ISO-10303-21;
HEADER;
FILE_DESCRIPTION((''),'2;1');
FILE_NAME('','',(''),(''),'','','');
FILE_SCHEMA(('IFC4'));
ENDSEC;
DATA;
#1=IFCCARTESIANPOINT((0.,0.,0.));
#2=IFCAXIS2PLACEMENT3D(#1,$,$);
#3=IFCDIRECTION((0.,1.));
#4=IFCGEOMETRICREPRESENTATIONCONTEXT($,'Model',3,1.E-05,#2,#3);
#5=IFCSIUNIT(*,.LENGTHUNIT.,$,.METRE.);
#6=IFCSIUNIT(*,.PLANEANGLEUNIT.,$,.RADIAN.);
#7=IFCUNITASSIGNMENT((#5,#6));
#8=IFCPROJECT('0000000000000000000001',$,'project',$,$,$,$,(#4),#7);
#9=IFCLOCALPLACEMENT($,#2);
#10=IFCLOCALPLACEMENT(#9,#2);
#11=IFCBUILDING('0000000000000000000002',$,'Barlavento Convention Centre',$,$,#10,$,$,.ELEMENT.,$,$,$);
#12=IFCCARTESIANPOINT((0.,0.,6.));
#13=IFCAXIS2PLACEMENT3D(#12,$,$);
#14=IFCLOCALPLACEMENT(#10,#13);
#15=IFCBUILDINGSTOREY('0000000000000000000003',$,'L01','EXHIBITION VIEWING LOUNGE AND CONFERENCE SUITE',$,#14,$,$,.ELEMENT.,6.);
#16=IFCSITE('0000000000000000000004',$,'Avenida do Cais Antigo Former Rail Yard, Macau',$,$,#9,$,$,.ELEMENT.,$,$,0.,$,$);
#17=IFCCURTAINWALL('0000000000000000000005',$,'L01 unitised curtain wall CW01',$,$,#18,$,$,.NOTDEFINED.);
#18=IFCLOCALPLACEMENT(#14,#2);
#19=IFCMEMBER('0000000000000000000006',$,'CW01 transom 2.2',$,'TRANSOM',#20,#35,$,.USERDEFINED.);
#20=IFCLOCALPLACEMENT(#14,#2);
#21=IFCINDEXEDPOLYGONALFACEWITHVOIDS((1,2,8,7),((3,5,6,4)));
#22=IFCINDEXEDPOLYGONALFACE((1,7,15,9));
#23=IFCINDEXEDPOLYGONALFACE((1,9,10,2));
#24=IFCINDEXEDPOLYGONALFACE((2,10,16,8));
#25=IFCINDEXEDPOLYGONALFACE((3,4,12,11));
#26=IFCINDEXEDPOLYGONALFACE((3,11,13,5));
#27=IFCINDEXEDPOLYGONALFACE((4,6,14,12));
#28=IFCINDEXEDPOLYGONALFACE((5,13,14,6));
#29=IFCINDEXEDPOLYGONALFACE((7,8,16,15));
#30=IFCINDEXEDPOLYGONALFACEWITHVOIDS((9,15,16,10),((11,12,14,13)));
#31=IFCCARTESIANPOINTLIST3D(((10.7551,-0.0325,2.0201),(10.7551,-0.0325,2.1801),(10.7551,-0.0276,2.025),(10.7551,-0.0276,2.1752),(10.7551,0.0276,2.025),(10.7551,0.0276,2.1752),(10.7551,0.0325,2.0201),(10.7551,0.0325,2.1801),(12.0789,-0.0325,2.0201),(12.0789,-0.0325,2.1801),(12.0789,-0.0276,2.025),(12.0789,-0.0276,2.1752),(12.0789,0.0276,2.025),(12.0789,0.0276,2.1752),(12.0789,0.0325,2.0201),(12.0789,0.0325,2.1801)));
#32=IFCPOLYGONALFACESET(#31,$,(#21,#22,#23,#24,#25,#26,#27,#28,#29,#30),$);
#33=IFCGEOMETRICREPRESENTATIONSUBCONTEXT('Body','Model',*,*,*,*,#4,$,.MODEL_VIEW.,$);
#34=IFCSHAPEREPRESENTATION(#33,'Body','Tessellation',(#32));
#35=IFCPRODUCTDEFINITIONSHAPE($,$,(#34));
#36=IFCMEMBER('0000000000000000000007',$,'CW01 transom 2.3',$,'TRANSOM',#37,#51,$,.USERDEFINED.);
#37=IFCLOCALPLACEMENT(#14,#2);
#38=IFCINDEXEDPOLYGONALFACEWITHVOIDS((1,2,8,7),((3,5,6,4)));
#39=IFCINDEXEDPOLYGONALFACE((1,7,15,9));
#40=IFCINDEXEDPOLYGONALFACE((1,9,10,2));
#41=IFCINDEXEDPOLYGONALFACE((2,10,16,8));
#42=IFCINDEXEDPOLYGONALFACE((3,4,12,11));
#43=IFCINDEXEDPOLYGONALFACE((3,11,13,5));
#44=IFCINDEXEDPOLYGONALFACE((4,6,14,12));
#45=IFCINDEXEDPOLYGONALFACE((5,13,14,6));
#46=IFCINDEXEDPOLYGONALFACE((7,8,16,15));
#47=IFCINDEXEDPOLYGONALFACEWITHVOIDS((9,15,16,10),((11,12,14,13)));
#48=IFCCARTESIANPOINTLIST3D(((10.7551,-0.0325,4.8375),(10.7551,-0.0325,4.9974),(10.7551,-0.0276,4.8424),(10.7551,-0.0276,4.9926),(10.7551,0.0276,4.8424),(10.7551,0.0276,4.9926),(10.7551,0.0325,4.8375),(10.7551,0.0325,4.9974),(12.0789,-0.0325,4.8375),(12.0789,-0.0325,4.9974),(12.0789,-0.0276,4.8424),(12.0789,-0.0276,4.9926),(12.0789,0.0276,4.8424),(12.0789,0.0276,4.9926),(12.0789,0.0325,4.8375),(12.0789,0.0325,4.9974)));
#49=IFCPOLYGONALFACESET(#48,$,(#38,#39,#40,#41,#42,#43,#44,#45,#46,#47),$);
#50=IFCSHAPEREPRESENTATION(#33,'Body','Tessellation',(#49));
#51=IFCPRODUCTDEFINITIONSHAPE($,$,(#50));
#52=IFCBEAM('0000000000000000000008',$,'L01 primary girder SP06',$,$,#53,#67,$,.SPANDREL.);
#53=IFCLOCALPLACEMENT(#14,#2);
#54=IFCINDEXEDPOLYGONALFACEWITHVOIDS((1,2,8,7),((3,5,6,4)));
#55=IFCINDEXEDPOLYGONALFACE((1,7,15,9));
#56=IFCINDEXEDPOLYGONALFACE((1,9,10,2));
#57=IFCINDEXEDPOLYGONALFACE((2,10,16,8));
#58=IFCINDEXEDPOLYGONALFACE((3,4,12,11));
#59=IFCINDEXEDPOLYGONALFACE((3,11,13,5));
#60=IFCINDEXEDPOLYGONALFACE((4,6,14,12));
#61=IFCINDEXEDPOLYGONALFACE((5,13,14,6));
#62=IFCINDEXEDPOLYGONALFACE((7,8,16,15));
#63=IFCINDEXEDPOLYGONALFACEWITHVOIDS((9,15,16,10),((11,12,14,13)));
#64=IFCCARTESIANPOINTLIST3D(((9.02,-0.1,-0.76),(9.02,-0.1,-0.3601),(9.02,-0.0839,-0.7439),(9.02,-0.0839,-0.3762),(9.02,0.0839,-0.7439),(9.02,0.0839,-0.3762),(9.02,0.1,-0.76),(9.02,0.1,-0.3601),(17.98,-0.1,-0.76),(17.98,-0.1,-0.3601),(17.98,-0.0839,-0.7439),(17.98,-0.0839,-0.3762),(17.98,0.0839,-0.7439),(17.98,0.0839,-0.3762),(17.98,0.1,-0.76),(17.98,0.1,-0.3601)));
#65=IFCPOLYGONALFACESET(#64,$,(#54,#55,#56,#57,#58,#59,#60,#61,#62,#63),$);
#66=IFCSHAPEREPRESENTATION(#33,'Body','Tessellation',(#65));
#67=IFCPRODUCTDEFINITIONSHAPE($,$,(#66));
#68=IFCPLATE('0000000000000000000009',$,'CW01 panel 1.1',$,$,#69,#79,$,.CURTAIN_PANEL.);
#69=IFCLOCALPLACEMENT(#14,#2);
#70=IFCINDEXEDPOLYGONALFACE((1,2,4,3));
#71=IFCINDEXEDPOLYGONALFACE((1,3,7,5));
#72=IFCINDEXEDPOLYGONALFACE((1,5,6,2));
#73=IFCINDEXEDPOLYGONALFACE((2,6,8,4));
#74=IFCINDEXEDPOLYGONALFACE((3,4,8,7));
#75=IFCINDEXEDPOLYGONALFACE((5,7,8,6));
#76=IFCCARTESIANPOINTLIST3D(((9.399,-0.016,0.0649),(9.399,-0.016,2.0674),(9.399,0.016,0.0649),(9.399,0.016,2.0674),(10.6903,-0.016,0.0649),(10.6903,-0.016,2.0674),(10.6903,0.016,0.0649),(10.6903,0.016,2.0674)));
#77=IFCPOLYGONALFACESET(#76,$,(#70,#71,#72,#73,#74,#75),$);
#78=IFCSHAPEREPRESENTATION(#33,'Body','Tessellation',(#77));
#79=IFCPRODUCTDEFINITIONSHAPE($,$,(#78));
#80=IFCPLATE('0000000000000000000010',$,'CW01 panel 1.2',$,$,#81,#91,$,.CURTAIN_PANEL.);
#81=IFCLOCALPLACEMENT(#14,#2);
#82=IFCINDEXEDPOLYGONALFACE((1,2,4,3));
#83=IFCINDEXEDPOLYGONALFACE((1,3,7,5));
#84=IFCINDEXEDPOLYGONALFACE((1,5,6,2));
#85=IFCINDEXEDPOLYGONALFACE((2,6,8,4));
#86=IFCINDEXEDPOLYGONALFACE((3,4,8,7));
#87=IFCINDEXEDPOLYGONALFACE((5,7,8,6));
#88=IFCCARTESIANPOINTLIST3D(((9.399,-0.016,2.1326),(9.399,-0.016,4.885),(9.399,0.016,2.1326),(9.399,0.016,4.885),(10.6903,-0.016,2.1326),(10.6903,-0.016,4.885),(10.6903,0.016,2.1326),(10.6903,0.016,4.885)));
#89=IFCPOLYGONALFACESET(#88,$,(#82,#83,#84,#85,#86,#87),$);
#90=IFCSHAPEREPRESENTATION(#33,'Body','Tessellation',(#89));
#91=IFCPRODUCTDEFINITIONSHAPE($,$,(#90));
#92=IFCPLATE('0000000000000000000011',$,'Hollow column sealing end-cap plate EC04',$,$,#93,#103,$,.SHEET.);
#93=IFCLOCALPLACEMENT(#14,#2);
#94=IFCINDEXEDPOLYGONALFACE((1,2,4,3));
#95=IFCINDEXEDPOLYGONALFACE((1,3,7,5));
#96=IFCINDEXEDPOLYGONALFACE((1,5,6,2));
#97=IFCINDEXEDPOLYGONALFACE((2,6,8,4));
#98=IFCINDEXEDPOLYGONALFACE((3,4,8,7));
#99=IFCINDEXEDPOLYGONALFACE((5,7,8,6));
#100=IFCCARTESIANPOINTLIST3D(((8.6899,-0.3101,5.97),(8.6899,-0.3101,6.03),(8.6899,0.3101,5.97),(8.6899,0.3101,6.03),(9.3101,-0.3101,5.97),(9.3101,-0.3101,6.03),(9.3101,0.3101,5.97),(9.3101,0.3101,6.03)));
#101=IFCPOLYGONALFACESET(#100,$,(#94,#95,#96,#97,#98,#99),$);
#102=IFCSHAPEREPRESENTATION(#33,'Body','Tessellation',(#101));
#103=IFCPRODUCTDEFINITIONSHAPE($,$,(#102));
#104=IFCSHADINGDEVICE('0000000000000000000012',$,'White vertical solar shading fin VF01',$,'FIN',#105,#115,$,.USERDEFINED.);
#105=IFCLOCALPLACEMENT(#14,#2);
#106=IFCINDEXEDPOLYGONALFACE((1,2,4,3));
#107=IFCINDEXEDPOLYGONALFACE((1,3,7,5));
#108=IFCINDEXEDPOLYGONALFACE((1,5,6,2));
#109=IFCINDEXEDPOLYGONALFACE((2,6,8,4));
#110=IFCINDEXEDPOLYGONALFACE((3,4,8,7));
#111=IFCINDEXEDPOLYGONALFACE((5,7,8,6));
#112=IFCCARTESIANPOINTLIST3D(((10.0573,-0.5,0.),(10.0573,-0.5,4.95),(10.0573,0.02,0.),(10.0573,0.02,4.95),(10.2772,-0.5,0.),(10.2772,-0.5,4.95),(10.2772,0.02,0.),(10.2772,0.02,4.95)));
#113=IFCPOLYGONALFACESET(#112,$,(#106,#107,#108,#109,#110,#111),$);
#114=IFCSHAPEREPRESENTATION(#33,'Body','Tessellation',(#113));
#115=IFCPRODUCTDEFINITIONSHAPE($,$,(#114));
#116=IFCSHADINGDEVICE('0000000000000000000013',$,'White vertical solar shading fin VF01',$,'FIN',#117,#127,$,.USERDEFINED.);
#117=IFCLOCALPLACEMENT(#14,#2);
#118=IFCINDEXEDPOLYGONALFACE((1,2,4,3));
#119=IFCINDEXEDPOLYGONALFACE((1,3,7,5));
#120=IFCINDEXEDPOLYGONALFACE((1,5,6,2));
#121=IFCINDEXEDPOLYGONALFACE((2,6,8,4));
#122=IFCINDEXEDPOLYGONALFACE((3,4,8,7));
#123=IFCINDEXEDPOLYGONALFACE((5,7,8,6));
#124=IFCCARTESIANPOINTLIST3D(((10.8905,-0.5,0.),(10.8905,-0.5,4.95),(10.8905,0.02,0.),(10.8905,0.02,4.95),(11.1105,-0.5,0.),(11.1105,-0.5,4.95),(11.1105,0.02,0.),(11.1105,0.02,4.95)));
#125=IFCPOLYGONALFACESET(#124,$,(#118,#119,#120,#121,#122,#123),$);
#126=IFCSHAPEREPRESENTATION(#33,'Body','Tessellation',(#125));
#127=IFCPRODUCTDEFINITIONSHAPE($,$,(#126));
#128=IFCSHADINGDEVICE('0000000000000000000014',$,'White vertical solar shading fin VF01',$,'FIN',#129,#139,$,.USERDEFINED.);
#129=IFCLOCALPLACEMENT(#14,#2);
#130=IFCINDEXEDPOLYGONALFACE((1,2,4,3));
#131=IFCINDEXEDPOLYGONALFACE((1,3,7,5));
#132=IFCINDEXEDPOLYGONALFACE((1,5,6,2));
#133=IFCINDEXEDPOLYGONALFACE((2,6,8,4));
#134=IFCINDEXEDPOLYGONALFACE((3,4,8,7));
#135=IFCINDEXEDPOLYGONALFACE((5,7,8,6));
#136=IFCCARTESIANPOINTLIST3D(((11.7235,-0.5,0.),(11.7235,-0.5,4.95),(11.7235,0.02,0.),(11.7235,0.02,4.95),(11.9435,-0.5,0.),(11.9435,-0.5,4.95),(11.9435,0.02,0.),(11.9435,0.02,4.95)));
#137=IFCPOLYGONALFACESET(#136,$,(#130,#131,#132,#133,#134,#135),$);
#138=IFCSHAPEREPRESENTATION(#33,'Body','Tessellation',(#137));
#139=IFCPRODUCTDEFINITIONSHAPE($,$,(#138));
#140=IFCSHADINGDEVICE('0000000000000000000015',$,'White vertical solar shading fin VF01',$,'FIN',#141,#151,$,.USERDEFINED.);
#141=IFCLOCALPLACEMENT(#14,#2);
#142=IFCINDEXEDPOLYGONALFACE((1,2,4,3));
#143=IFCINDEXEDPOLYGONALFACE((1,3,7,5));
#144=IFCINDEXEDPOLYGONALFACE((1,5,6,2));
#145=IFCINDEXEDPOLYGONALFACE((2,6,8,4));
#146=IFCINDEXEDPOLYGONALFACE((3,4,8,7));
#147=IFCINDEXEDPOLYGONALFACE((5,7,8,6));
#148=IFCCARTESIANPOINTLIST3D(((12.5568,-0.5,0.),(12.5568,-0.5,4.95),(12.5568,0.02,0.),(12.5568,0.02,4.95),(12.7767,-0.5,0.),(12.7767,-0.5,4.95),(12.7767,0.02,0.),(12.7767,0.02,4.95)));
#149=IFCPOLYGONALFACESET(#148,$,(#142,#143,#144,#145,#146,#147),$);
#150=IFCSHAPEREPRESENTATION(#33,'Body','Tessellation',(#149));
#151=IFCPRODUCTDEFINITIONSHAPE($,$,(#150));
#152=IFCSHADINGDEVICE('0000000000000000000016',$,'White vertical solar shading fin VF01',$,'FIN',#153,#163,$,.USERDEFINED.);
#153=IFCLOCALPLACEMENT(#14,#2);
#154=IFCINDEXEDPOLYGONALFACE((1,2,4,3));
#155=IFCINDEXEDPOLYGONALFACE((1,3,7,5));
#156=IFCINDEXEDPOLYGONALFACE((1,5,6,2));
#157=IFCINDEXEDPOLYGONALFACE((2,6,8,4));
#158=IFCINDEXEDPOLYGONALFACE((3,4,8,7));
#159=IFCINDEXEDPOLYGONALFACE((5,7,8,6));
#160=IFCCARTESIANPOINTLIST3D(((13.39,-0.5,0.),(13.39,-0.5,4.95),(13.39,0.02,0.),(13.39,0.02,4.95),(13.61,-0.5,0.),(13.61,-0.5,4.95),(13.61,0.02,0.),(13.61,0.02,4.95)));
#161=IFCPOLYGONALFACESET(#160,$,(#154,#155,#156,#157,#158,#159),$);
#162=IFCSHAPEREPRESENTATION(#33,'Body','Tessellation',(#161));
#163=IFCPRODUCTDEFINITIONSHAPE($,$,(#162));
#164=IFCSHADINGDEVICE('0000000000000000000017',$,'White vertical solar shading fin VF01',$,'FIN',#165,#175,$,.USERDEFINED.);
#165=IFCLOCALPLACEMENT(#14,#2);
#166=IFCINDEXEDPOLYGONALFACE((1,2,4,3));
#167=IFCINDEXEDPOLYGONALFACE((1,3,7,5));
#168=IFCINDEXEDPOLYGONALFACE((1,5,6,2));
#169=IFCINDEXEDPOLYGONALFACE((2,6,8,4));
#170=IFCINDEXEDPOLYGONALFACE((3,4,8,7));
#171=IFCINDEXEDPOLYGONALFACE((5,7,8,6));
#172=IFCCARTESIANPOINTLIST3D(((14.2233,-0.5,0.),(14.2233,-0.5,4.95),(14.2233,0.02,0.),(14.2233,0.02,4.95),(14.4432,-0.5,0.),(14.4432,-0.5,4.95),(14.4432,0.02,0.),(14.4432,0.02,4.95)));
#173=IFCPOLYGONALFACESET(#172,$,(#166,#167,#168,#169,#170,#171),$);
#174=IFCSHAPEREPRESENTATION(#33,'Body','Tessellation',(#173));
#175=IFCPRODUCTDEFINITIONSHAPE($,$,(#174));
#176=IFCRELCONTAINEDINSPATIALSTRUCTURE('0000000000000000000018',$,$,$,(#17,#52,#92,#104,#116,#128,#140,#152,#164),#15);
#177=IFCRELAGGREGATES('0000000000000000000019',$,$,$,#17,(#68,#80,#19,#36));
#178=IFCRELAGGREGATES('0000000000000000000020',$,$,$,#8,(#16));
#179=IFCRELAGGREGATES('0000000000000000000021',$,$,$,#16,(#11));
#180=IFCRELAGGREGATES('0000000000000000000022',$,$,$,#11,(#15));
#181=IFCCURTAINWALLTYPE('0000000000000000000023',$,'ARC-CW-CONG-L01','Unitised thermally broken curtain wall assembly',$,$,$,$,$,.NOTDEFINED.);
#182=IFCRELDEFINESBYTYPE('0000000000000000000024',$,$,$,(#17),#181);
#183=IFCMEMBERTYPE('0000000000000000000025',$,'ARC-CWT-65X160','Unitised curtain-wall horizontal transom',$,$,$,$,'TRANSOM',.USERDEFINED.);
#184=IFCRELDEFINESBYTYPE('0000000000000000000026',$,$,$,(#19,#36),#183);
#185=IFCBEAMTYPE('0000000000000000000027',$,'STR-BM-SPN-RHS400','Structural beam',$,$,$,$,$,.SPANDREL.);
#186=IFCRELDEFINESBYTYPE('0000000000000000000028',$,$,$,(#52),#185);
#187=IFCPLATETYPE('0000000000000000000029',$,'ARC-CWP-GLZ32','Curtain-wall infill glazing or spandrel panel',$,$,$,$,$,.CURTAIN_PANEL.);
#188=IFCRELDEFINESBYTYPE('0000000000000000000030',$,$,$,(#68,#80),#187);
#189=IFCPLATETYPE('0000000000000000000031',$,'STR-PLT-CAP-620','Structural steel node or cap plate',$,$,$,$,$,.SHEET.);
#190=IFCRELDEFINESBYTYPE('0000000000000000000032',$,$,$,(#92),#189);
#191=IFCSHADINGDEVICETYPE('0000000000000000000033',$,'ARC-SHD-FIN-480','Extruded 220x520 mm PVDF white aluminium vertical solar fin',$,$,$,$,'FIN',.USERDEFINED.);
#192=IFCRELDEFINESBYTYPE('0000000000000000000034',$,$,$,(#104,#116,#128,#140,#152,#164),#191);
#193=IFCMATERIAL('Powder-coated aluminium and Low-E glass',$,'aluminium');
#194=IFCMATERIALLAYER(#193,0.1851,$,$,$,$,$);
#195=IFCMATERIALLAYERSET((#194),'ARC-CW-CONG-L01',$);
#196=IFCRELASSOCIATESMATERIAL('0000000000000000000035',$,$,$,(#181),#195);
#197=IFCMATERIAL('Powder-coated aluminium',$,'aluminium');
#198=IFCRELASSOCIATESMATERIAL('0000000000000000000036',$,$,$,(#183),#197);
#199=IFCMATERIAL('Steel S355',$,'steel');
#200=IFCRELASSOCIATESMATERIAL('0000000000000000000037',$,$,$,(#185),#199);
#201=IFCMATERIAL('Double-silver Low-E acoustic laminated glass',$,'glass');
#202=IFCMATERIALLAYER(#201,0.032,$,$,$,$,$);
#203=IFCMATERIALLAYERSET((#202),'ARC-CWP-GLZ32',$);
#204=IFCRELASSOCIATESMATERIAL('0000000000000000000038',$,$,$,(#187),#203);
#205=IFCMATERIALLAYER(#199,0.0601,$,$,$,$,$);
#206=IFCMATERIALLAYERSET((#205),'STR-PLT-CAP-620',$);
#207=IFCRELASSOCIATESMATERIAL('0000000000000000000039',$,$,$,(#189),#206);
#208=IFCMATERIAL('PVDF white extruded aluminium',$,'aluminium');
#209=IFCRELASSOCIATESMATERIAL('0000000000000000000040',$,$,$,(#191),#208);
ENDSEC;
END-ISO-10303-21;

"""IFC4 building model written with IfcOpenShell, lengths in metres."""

from ifc_helpers import new_model, si_unit, direction, frame, origin, origin_2d, place, context, subcontext, project, spatial, rectangle, hollow_rectangle, extrude, material, layer, layer_set, material_profile, profile_set, type_object, element, aggregate, save


model = new_model("IFC4")

# Units and contexts
model_context = context("Model", 3, precision=1e-05, world=origin(), true_north=direction((0.0, 1.0)))
body_context = subcontext(model_context, "Body", "Model", "MODEL_VIEW")
ifc_project = project(units=[si_unit("LENGTHUNIT", "METRE"), si_unit("PLANEANGLEUNIT", "RADIAN")], contexts=[model_context])

# Site, building, storey
site_placement = place(None, origin())
site = spatial("IfcSite", under=ifc_project, at=site_placement, Name="Avenida do Cais Antigo Former Rail Yard, Macau", CompositionType="ELEMENT", RefElevation=0.0)
building_placement = place(site_placement, origin())
building = spatial("IfcBuilding", under=site, at=building_placement, Name="Barlavento Convention Centre", CompositionType="ELEMENT")
storey_placement = place(building_placement, frame((0.0, 0.0, 6.0)))
storey = spatial("IfcBuildingStorey", under=building, at=storey_placement, Name="L01", Description="EXHIBITION VIEWING LOUNGE AND CONFERENCE SUITE", CompositionType="ELEMENT", Elevation=6.0)

# Shared definitions
ifc_material_1 = material(Name="Powder-coated aluminium and Low-E glass", Category="aluminium")
ifc_layer_1 = layer(ifc_material_1, 0.1851)
ifc_layer_set_1 = layer_set([ifc_layer_1], Name="ARC-CW-CONG-L01")
curtain_wall_type = type_object("IfcCurtainWallType", Name="ARC-CW-CONG-L01", Description="Unitised thermally broken curtain wall assembly", PredefinedType="NOTDEFINED", material=ifc_layer_set_1)
ifc_material_2 = material(Name="Powder-coated aluminium", Category="aluminium")

# Curtain wall, members
curtain_wall_1_placement = place(storey_placement, origin())
curtain_wall_1 = element("IfcCurtainWall", 1, at=curtain_wall_1_placement, inside=storey, type_object=curtain_wall_type, Name="L01 unitised curtain wall CW01", PredefinedType="NOTDEFINED")
ifc_material_profile_1 = material_profile(ifc_material_2, hollow_rectangle(XDim=0.0649, YDim=0.1599, WallThickness=0.0049, at=origin_2d()), Name="AL-TRAN 65x160x5")
ifc_profile_set_1 = profile_set([ifc_material_profile_1], Name="Powder-coated aluminium")
member_type_1 = type_object("IfcMemberType", Name="ARC-CWT-65X160", Description="Unitised curtain-wall horizontal transom", ElementType="TRANSOM", PredefinedType="USERDEFINED", material=ifc_profile_set_1)
member_1_placement = place(storey_placement, frame((10.7551, 0.0, 2.1001), z_axis=(1.0, 0.0, 0.0), x_axis=(0.0, 1.0, 0.0)))
member_1 = element("IfcMember", 2, at=member_1_placement, type_object=member_type_1, Name="CW01 transom 2.2", ObjectType="TRANSOM", PredefinedType="USERDEFINED", context=body_context, shape_type="SweptSolid", body=[
    extrude(hollow_rectangle(XDim=0.0649, YDim=0.1599, WallThickness=0.0049, at=origin_2d()), origin(), (0.0, 0.0, 1.0), 1.3237),
])
member_2_placement = place(storey_placement, frame((10.7551, 0.0, 4.9175), z_axis=(1.0, 0.0, 0.0), x_axis=(0.0, 1.0, 0.0)))
member_2 = element("IfcMember", 3, at=member_2_placement, type_object=member_type_1, Name="CW01 transom 2.3", ObjectType="TRANSOM", PredefinedType="USERDEFINED", context=body_context, shape_type="SweptSolid", body=[
    extrude(hollow_rectangle(XDim=0.0649, YDim=0.1599, WallThickness=0.0049, at=origin_2d()), origin(), (0.0, 0.0, 1.0), 1.3237),
])

# Beam
ifc_material_3 = material(Name="Steel S355", Category="steel")
ifc_material_profile_2 = material_profile(ifc_material_3, hollow_rectangle(XDim=0.2, YDim=0.3999, WallThickness=0.0161, at=origin_2d()), Name="RHS 400x200x16.0")
ifc_profile_set_2 = profile_set([ifc_material_profile_2], Name="Steel S355")
beam_type = type_object("IfcBeamType", Name="STR-BM-SPN-RHS400", Description="Structural beam", PredefinedType="SPANDREL", material=ifc_profile_set_2)
beam_placement = place(storey_placement, frame((9.02, 0.0, -0.5601), z_axis=(1.0, 0.0, 0.0), x_axis=(0.0, 1.0, 0.0)))
element("IfcBeam", 4, at=beam_placement, inside=storey, type_object=beam_type, Name="L01 primary girder SP06", PredefinedType="SPANDREL", context=body_context, shape_type="SweptSolid", body=[
    extrude(hollow_rectangle(XDim=0.2, YDim=0.3999, WallThickness=0.0161, at=origin_2d()), origin(), (0.0, 0.0, 1.0), 8.96),
])

# Plates
ifc_material_4 = material(Name="Double-silver Low-E acoustic laminated glass", Category="glass")
ifc_layer_2 = layer(ifc_material_4, 0.032)
ifc_layer_set_2 = layer_set([ifc_layer_2], Name="ARC-CWP-GLZ32")
plate_type_1 = type_object("IfcPlateType", Name="ARC-CWP-GLZ32", Description="Curtain-wall infill glazing or spandrel panel", PredefinedType="CURTAIN_PANEL", material=ifc_layer_set_2)
plate_1_placement = place(storey_placement, frame((10.0447, 0.0, 0.0649), z_axis=(0.0, 0.0, 1.0), x_axis=(1.0, 0.0, 0.0)))
plate_1 = element("IfcPlate", 5, at=plate_1_placement, type_object=plate_type_1, Name="CW01 panel 1.1", PredefinedType="CURTAIN_PANEL", context=body_context, shape_type="SweptSolid", body=[
    extrude(rectangle(XDim=1.2913, YDim=0.032, at=origin_2d()), origin(), (0.0, 0.0, 1.0), 2.0024),
])
plate_2_placement = place(storey_placement, frame((10.0447, 0.0, 2.1326), z_axis=(0.0, 0.0, 1.0), x_axis=(1.0, 0.0, 0.0)))
plate_2 = element("IfcPlate", 6, at=plate_2_placement, type_object=plate_type_1, Name="CW01 panel 1.2", PredefinedType="CURTAIN_PANEL", context=body_context, shape_type="SweptSolid", body=[
    extrude(rectangle(XDim=1.2913, YDim=0.032, at=origin_2d()), origin(), (0.0, 0.0, 1.0), 2.7524),
])
aggregate(curtain_wall_1, [plate_1, plate_2, member_1, member_2])
ifc_layer_3 = layer(ifc_material_3, 0.0601)
ifc_layer_set_3 = layer_set([ifc_layer_3], Name="STR-PLT-CAP-620")
plate_type_2 = type_object("IfcPlateType", Name="STR-PLT-CAP-620", Description="Structural steel node or cap plate", PredefinedType="SHEET", material=ifc_layer_set_3)
plate_3_placement = place(storey_placement, frame((9.0, 0.0, 5.97), z_axis=(0.0, 0.0, 1.0), x_axis=(1.0, 0.0, 0.0)))
element("IfcPlate", 7, at=plate_3_placement, inside=storey, type_object=plate_type_2, Name="Hollow column sealing end-cap plate EC04", PredefinedType="SHEET", context=body_context, shape_type="SweptSolid", body=[
    extrude(rectangle(XDim=0.6201, YDim=0.6201, at=origin_2d()), origin(), (0.0, 0.0, 1.0), 0.0601),
])

# Shading devices
ifc_material_5 = material(Name="PVDF white extruded aluminium", Category="aluminium")
shading_device_type = type_object("IfcShadingDeviceType", Name="ARC-SHD-FIN-480", Description="Extruded 220x520 mm PVDF white aluminium vertical solar fin", ElementType="FIN", PredefinedType="USERDEFINED", material=ifc_material_5)
for number, where, z_axis, x_axis, name in (
    (8, (10.1672, -0.24, 0.0), (0.0, 0.0, 1.0), (1.0, 0.0, 0.0), "White vertical solar shading fin VF01"),
    (9, (11.0005, -0.24, 0.0), (0.0, 0.0, 1.0), (1.0, 0.0, 0.0), "White vertical solar shading fin VF01"),
    (10, (11.8335, -0.24, 0.0), (0.0, 0.0, 1.0), (1.0, 0.0, 0.0), "White vertical solar shading fin VF01"),
    (11, (12.6667, -0.24, 0.0), (0.0, 0.0, 1.0), (1.0, 0.0, 0.0), "White vertical solar shading fin VF01"),
    (12, (13.5, -0.24, 0.0), (0.0, 0.0, 1.0), (1.0, 0.0, 0.0), "White vertical solar shading fin VF01"),
    (13, (14.3333, -0.24, 0.0), (0.0, 0.0, 1.0), (1.0, 0.0, 0.0), "White vertical solar shading fin VF01"),
):
    element("IfcShadingDevice", number, at=place(storey_placement, frame(where, z_axis=z_axis, x_axis=x_axis)), inside=storey, type_object=shading_device_type, Name=name, ObjectType="FIN", PredefinedType="USERDEFINED", context=body_context, shape_type="SweptSolid", body=[
        extrude(rectangle(XDim=0.22, YDim=0.52, at=origin_2d()), origin(), (0.0, 0.0, 1.0), 4.95),
    ])

save(model, "model.ifc")
